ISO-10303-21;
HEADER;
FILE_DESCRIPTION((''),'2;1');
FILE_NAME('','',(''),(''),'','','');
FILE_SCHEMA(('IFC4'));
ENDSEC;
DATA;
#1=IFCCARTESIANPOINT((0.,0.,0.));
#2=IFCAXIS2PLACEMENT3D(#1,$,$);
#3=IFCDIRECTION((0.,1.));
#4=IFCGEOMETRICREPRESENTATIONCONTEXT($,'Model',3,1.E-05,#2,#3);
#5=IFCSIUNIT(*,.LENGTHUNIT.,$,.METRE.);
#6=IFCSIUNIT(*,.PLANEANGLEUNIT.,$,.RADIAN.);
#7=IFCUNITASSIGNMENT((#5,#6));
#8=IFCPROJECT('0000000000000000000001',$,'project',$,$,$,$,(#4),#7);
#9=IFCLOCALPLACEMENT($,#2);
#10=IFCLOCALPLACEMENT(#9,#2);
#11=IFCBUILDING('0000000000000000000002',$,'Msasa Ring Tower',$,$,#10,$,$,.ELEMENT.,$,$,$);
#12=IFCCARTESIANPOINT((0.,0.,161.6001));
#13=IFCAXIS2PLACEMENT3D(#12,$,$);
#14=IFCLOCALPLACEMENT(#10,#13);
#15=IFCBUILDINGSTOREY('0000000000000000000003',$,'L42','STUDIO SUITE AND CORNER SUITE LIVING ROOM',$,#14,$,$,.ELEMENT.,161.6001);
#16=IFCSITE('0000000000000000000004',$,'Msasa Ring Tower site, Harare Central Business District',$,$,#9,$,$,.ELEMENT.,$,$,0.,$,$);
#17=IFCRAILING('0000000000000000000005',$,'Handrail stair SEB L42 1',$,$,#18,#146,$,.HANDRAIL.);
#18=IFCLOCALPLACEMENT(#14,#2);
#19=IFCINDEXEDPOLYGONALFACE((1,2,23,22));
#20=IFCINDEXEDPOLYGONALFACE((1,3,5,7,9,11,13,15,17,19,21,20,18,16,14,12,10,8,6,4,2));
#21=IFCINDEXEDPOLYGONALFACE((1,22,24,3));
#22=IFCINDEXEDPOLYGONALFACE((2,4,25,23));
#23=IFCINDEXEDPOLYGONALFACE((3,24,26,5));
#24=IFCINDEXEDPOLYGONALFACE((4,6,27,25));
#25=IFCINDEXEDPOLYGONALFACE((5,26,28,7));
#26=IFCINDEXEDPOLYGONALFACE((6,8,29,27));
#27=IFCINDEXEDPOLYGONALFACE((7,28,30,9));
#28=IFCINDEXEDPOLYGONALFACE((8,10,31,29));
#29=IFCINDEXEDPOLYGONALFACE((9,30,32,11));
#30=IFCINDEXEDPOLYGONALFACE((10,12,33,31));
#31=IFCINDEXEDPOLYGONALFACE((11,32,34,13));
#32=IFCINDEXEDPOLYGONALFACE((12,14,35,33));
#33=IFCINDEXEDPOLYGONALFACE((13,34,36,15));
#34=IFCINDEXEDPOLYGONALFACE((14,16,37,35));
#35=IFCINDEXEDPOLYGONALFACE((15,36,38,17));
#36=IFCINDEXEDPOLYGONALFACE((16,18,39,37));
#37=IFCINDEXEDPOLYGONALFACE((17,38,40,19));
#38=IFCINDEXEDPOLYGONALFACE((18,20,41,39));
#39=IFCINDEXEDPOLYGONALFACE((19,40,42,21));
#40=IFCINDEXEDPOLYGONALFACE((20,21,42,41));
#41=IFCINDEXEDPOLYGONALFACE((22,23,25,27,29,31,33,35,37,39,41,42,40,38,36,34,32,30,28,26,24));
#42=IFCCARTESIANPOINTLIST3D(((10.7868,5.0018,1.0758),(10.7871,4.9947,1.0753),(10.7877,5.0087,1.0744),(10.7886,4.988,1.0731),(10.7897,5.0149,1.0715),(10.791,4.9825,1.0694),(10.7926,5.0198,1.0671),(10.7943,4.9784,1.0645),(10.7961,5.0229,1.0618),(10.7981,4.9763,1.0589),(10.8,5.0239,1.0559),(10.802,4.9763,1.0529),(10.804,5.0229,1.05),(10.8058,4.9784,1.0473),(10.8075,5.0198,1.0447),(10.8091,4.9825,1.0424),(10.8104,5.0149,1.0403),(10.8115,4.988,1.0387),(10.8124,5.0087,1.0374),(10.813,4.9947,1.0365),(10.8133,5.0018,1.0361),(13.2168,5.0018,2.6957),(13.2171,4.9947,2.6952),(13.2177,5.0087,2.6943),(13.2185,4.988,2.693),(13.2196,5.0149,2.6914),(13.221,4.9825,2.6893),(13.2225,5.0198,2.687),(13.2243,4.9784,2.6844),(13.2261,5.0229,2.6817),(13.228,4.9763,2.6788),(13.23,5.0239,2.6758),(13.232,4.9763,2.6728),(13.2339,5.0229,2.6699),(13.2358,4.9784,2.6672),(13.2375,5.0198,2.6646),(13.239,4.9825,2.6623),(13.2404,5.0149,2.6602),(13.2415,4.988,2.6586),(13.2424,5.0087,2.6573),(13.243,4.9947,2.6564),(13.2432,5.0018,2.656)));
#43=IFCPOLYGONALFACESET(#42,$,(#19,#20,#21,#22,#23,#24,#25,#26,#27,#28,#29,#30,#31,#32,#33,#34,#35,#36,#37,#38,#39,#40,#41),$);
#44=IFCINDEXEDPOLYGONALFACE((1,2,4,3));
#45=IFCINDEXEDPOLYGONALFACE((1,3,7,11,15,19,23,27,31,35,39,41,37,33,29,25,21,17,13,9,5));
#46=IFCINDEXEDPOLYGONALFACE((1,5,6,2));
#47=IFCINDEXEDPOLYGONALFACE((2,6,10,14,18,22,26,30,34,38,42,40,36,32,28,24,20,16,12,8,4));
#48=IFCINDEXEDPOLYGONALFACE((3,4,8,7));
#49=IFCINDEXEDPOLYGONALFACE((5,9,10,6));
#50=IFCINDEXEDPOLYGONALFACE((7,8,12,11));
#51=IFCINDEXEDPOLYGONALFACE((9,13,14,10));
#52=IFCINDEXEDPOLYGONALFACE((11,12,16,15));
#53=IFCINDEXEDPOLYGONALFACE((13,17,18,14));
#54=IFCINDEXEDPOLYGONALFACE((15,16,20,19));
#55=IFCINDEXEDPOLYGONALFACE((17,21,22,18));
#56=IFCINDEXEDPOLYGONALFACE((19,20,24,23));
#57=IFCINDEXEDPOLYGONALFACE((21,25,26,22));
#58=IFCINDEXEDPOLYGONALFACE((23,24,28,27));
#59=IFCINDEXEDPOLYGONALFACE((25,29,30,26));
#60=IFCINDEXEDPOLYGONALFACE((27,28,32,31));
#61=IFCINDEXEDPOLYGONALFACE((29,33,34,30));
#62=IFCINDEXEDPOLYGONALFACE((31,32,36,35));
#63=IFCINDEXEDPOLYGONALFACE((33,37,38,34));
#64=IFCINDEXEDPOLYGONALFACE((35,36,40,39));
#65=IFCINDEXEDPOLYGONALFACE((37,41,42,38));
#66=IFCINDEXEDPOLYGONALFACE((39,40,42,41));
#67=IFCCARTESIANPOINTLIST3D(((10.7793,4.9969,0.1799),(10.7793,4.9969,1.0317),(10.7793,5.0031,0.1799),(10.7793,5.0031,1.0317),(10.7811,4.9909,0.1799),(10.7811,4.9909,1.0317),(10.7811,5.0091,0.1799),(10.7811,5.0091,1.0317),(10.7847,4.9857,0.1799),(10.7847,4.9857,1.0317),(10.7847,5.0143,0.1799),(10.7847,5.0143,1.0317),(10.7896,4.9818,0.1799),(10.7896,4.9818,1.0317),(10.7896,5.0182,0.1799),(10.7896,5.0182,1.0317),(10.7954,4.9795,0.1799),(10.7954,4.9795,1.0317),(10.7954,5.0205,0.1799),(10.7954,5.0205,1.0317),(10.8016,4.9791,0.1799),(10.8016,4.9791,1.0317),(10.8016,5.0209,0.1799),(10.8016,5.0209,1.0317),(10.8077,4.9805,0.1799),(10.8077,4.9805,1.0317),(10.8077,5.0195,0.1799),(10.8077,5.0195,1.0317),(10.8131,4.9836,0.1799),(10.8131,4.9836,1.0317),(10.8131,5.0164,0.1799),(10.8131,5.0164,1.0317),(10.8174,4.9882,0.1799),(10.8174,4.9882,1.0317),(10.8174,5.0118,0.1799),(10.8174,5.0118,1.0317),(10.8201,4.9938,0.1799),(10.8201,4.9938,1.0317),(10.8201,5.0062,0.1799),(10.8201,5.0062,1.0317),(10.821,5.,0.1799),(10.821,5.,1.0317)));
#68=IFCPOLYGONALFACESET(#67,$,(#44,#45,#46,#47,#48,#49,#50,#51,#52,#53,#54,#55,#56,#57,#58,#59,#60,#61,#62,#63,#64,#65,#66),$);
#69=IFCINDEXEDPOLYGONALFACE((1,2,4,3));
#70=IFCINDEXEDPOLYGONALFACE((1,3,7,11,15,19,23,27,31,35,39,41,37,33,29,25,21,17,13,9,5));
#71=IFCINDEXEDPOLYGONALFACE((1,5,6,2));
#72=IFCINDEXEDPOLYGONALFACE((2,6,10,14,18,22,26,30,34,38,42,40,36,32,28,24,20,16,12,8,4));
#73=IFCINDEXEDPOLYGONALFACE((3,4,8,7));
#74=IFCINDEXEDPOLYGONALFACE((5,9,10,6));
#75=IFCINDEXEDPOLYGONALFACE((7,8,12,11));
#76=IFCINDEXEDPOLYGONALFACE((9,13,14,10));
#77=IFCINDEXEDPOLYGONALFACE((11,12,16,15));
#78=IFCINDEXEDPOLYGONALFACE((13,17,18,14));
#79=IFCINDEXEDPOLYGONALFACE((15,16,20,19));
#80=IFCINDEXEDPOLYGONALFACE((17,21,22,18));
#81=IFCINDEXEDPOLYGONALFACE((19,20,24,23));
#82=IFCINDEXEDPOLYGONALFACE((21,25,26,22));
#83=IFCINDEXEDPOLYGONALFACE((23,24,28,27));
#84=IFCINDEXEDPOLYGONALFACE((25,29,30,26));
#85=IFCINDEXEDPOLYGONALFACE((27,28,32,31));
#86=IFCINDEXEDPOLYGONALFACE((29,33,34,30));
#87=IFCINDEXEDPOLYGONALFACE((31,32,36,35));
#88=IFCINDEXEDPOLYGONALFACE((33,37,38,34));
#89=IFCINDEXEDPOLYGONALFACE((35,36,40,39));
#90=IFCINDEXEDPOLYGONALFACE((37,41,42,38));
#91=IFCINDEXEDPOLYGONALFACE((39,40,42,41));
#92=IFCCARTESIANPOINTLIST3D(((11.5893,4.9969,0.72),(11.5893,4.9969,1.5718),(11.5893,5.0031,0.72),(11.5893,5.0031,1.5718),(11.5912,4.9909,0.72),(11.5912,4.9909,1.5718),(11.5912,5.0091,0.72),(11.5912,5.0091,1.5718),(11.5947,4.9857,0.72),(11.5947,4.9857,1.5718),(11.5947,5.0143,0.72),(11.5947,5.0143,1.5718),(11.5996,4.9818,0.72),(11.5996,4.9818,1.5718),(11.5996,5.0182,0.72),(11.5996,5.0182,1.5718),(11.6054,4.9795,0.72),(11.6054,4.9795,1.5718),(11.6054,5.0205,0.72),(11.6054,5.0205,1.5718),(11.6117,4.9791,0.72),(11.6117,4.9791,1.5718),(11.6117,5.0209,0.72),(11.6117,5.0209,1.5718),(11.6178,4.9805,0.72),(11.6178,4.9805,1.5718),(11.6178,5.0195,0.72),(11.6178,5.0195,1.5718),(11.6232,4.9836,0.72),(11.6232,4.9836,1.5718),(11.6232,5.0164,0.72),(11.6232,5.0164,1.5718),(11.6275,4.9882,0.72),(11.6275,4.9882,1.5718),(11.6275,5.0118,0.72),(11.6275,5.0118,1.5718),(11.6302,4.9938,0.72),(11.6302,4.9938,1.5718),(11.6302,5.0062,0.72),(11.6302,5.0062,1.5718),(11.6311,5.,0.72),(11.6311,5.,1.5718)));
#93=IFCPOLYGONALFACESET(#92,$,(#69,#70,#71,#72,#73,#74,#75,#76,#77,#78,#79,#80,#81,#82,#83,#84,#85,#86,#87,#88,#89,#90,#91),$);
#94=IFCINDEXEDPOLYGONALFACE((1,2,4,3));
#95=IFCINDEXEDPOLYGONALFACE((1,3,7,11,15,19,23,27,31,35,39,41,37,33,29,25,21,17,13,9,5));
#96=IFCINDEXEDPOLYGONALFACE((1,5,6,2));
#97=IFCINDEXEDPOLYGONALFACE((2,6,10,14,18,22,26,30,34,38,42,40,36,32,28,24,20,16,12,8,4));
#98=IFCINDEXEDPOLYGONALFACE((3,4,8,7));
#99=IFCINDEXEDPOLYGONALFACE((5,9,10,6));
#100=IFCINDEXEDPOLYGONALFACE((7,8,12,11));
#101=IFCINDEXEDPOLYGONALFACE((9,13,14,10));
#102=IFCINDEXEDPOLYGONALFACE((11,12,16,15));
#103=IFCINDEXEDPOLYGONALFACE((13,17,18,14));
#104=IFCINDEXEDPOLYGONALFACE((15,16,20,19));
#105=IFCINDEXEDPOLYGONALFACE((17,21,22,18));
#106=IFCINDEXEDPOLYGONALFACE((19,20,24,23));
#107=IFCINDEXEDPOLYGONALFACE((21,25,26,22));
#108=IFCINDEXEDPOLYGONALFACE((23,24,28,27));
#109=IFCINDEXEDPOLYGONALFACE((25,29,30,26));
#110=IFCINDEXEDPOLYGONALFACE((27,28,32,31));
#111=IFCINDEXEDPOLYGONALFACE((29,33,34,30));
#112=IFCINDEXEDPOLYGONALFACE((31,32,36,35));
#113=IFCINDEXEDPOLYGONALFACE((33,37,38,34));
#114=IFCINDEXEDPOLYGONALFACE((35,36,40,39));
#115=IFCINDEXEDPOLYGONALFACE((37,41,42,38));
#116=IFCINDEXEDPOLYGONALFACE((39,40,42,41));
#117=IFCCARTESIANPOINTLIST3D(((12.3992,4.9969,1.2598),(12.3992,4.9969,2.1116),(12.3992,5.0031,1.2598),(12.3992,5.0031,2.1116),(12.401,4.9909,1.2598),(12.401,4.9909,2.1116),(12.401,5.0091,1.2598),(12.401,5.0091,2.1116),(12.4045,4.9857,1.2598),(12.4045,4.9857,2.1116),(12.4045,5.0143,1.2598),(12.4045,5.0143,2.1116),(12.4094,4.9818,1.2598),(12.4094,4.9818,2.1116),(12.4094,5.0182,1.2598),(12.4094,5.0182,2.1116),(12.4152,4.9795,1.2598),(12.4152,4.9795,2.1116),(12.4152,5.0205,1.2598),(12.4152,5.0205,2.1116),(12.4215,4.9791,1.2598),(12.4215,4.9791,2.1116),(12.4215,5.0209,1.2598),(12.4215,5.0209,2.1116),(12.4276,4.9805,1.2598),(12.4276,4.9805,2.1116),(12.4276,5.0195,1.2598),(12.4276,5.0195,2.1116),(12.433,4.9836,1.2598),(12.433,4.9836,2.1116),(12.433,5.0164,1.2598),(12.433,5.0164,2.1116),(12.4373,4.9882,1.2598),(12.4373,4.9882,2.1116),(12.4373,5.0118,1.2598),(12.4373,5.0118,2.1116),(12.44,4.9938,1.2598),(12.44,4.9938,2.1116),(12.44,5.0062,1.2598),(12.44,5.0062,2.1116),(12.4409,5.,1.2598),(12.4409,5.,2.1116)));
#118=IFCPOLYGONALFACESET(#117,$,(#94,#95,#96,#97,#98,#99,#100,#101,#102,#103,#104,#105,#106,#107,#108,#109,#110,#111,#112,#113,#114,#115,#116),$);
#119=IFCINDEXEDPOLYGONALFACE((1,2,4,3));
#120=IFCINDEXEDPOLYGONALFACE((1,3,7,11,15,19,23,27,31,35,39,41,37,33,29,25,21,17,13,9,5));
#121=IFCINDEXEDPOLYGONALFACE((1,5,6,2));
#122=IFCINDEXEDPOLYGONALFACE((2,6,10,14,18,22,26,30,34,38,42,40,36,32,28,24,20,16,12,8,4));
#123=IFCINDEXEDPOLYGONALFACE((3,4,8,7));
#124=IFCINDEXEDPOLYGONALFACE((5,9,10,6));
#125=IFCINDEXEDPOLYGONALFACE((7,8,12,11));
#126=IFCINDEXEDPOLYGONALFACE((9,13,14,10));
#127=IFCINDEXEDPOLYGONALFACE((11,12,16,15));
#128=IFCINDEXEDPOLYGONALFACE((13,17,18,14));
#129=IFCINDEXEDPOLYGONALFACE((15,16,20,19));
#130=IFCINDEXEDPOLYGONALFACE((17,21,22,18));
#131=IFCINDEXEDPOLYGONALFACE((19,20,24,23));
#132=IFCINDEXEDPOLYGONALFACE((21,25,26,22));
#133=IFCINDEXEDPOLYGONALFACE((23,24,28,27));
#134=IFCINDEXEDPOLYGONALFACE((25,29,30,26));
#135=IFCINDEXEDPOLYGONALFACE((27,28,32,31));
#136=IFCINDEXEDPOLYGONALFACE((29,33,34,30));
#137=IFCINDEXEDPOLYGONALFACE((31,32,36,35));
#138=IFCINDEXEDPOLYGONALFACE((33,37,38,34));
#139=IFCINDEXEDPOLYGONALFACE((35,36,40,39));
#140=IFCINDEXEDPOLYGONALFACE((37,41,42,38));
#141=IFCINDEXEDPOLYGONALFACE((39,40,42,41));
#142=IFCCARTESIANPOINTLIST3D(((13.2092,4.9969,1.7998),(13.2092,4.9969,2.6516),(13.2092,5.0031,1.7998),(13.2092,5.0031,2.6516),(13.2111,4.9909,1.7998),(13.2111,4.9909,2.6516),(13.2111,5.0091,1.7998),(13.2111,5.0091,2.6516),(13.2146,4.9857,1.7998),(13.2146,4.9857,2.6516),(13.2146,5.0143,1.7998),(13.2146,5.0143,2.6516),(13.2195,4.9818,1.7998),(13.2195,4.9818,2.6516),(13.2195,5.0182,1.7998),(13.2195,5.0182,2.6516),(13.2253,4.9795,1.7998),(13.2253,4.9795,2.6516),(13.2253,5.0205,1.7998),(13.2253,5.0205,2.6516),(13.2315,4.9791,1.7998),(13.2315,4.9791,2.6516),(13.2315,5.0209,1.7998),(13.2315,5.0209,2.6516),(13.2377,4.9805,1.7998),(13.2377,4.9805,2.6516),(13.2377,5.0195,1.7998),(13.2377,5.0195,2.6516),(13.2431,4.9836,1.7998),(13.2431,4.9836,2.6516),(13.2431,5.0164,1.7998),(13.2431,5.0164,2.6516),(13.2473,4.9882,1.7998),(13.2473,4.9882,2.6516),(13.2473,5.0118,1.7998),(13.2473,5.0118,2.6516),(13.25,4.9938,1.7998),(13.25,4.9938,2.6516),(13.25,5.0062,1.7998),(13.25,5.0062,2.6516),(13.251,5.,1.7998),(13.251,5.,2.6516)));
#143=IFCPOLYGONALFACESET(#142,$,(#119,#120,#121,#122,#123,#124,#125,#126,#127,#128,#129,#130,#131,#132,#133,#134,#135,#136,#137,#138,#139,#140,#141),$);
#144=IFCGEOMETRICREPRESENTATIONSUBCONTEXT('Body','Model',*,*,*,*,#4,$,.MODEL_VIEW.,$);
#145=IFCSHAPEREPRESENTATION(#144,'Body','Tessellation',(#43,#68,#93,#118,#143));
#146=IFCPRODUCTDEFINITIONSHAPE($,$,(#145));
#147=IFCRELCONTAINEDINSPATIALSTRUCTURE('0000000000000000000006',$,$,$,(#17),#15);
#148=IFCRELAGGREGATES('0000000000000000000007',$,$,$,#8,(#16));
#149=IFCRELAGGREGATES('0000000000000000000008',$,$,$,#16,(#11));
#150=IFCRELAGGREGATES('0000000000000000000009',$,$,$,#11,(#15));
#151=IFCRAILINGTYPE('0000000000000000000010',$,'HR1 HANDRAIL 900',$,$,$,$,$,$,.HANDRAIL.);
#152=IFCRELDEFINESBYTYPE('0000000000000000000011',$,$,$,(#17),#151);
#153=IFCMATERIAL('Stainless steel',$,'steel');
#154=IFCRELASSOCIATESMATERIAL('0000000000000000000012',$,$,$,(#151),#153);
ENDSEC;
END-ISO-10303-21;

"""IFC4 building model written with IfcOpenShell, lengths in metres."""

from ifc_helpers import new_model, si_unit, direction, frame, origin, origin_2d, place, context, subcontext, project, spatial, circle, extrude, material, type_object, element, save


model = new_model("IFC4")

# Units and contexts
model_context = context("Model", 3, precision=1e-05, world=origin(), true_north=direction((0.0, 1.0)))
body_context = subcontext(model_context, "Body", "Model", "MODEL_VIEW")
ifc_project = project(units=[si_unit("LENGTHUNIT", "METRE"), si_unit("PLANEANGLEUNIT", "RADIAN")], contexts=[model_context])

# Site, building, storey
site_placement = place(None, origin())
site = spatial("IfcSite", under=ifc_project, at=site_placement, Name="Msasa Ring Tower site, Harare Central Business District", CompositionType="ELEMENT", RefElevation=0.0)
building_placement = place(site_placement, origin())
building = spatial("IfcBuilding", under=site, at=building_placement, Name="Msasa Ring Tower", CompositionType="ELEMENT")
storey_placement = place(building_placement, frame((0.0, 0.0, 161.6001)))
storey = spatial("IfcBuildingStorey", under=building, at=storey_placement, Name="L42", Description="STUDIO SUITE AND CORNER SUITE LIVING ROOM", CompositionType="ELEMENT", Elevation=161.6001)

# Railing
ifc_material_1 = material(Name="Stainless steel", Category="steel")
railing_type = type_object("IfcRailingType", Name="HR1 HANDRAIL 900", PredefinedType="HANDRAIL", material=ifc_material_1)
railing_placement = place(storey_placement, frame((10.8, 5.0, 0.1799)))
element("IfcRailing", 1, at=railing_placement, inside=storey, type_object=railing_type, Name="Handrail stair SEB L42 1", PredefinedType="HANDRAIL", context=body_context, shape_type="SweptSolid", body=[
    extrude(circle(Radius=0.0239, at=origin_2d()), frame((0.0, 0.0, 0.876), z_axis=(0.832063, 0.0, 0.554681), x_axis=(0.0, 1.0, 0.0)), (0.0, 0.0, 1.0), 2.9204),
    extrude(circle(Radius=0.021, at=origin_2d()), origin(), (0.0, 0.0, 1.0), 0.8518),
    extrude(circle(Radius=0.021, at=origin_2d()), frame((0.8101, 0.0, 0.54)), (0.0, 0.0, 1.0), 0.8518),
    extrude(circle(Radius=0.021, at=origin_2d()), frame((1.6199, 0.0, 1.0798)), (0.0, 0.0, 1.0), 0.8518),
    extrude(circle(Radius=0.021, at=origin_2d()), frame((2.4299, 0.0, 1.6199)), (0.0, 0.0, 1.0), 0.8518),
])

save(model, "model.ifc")
